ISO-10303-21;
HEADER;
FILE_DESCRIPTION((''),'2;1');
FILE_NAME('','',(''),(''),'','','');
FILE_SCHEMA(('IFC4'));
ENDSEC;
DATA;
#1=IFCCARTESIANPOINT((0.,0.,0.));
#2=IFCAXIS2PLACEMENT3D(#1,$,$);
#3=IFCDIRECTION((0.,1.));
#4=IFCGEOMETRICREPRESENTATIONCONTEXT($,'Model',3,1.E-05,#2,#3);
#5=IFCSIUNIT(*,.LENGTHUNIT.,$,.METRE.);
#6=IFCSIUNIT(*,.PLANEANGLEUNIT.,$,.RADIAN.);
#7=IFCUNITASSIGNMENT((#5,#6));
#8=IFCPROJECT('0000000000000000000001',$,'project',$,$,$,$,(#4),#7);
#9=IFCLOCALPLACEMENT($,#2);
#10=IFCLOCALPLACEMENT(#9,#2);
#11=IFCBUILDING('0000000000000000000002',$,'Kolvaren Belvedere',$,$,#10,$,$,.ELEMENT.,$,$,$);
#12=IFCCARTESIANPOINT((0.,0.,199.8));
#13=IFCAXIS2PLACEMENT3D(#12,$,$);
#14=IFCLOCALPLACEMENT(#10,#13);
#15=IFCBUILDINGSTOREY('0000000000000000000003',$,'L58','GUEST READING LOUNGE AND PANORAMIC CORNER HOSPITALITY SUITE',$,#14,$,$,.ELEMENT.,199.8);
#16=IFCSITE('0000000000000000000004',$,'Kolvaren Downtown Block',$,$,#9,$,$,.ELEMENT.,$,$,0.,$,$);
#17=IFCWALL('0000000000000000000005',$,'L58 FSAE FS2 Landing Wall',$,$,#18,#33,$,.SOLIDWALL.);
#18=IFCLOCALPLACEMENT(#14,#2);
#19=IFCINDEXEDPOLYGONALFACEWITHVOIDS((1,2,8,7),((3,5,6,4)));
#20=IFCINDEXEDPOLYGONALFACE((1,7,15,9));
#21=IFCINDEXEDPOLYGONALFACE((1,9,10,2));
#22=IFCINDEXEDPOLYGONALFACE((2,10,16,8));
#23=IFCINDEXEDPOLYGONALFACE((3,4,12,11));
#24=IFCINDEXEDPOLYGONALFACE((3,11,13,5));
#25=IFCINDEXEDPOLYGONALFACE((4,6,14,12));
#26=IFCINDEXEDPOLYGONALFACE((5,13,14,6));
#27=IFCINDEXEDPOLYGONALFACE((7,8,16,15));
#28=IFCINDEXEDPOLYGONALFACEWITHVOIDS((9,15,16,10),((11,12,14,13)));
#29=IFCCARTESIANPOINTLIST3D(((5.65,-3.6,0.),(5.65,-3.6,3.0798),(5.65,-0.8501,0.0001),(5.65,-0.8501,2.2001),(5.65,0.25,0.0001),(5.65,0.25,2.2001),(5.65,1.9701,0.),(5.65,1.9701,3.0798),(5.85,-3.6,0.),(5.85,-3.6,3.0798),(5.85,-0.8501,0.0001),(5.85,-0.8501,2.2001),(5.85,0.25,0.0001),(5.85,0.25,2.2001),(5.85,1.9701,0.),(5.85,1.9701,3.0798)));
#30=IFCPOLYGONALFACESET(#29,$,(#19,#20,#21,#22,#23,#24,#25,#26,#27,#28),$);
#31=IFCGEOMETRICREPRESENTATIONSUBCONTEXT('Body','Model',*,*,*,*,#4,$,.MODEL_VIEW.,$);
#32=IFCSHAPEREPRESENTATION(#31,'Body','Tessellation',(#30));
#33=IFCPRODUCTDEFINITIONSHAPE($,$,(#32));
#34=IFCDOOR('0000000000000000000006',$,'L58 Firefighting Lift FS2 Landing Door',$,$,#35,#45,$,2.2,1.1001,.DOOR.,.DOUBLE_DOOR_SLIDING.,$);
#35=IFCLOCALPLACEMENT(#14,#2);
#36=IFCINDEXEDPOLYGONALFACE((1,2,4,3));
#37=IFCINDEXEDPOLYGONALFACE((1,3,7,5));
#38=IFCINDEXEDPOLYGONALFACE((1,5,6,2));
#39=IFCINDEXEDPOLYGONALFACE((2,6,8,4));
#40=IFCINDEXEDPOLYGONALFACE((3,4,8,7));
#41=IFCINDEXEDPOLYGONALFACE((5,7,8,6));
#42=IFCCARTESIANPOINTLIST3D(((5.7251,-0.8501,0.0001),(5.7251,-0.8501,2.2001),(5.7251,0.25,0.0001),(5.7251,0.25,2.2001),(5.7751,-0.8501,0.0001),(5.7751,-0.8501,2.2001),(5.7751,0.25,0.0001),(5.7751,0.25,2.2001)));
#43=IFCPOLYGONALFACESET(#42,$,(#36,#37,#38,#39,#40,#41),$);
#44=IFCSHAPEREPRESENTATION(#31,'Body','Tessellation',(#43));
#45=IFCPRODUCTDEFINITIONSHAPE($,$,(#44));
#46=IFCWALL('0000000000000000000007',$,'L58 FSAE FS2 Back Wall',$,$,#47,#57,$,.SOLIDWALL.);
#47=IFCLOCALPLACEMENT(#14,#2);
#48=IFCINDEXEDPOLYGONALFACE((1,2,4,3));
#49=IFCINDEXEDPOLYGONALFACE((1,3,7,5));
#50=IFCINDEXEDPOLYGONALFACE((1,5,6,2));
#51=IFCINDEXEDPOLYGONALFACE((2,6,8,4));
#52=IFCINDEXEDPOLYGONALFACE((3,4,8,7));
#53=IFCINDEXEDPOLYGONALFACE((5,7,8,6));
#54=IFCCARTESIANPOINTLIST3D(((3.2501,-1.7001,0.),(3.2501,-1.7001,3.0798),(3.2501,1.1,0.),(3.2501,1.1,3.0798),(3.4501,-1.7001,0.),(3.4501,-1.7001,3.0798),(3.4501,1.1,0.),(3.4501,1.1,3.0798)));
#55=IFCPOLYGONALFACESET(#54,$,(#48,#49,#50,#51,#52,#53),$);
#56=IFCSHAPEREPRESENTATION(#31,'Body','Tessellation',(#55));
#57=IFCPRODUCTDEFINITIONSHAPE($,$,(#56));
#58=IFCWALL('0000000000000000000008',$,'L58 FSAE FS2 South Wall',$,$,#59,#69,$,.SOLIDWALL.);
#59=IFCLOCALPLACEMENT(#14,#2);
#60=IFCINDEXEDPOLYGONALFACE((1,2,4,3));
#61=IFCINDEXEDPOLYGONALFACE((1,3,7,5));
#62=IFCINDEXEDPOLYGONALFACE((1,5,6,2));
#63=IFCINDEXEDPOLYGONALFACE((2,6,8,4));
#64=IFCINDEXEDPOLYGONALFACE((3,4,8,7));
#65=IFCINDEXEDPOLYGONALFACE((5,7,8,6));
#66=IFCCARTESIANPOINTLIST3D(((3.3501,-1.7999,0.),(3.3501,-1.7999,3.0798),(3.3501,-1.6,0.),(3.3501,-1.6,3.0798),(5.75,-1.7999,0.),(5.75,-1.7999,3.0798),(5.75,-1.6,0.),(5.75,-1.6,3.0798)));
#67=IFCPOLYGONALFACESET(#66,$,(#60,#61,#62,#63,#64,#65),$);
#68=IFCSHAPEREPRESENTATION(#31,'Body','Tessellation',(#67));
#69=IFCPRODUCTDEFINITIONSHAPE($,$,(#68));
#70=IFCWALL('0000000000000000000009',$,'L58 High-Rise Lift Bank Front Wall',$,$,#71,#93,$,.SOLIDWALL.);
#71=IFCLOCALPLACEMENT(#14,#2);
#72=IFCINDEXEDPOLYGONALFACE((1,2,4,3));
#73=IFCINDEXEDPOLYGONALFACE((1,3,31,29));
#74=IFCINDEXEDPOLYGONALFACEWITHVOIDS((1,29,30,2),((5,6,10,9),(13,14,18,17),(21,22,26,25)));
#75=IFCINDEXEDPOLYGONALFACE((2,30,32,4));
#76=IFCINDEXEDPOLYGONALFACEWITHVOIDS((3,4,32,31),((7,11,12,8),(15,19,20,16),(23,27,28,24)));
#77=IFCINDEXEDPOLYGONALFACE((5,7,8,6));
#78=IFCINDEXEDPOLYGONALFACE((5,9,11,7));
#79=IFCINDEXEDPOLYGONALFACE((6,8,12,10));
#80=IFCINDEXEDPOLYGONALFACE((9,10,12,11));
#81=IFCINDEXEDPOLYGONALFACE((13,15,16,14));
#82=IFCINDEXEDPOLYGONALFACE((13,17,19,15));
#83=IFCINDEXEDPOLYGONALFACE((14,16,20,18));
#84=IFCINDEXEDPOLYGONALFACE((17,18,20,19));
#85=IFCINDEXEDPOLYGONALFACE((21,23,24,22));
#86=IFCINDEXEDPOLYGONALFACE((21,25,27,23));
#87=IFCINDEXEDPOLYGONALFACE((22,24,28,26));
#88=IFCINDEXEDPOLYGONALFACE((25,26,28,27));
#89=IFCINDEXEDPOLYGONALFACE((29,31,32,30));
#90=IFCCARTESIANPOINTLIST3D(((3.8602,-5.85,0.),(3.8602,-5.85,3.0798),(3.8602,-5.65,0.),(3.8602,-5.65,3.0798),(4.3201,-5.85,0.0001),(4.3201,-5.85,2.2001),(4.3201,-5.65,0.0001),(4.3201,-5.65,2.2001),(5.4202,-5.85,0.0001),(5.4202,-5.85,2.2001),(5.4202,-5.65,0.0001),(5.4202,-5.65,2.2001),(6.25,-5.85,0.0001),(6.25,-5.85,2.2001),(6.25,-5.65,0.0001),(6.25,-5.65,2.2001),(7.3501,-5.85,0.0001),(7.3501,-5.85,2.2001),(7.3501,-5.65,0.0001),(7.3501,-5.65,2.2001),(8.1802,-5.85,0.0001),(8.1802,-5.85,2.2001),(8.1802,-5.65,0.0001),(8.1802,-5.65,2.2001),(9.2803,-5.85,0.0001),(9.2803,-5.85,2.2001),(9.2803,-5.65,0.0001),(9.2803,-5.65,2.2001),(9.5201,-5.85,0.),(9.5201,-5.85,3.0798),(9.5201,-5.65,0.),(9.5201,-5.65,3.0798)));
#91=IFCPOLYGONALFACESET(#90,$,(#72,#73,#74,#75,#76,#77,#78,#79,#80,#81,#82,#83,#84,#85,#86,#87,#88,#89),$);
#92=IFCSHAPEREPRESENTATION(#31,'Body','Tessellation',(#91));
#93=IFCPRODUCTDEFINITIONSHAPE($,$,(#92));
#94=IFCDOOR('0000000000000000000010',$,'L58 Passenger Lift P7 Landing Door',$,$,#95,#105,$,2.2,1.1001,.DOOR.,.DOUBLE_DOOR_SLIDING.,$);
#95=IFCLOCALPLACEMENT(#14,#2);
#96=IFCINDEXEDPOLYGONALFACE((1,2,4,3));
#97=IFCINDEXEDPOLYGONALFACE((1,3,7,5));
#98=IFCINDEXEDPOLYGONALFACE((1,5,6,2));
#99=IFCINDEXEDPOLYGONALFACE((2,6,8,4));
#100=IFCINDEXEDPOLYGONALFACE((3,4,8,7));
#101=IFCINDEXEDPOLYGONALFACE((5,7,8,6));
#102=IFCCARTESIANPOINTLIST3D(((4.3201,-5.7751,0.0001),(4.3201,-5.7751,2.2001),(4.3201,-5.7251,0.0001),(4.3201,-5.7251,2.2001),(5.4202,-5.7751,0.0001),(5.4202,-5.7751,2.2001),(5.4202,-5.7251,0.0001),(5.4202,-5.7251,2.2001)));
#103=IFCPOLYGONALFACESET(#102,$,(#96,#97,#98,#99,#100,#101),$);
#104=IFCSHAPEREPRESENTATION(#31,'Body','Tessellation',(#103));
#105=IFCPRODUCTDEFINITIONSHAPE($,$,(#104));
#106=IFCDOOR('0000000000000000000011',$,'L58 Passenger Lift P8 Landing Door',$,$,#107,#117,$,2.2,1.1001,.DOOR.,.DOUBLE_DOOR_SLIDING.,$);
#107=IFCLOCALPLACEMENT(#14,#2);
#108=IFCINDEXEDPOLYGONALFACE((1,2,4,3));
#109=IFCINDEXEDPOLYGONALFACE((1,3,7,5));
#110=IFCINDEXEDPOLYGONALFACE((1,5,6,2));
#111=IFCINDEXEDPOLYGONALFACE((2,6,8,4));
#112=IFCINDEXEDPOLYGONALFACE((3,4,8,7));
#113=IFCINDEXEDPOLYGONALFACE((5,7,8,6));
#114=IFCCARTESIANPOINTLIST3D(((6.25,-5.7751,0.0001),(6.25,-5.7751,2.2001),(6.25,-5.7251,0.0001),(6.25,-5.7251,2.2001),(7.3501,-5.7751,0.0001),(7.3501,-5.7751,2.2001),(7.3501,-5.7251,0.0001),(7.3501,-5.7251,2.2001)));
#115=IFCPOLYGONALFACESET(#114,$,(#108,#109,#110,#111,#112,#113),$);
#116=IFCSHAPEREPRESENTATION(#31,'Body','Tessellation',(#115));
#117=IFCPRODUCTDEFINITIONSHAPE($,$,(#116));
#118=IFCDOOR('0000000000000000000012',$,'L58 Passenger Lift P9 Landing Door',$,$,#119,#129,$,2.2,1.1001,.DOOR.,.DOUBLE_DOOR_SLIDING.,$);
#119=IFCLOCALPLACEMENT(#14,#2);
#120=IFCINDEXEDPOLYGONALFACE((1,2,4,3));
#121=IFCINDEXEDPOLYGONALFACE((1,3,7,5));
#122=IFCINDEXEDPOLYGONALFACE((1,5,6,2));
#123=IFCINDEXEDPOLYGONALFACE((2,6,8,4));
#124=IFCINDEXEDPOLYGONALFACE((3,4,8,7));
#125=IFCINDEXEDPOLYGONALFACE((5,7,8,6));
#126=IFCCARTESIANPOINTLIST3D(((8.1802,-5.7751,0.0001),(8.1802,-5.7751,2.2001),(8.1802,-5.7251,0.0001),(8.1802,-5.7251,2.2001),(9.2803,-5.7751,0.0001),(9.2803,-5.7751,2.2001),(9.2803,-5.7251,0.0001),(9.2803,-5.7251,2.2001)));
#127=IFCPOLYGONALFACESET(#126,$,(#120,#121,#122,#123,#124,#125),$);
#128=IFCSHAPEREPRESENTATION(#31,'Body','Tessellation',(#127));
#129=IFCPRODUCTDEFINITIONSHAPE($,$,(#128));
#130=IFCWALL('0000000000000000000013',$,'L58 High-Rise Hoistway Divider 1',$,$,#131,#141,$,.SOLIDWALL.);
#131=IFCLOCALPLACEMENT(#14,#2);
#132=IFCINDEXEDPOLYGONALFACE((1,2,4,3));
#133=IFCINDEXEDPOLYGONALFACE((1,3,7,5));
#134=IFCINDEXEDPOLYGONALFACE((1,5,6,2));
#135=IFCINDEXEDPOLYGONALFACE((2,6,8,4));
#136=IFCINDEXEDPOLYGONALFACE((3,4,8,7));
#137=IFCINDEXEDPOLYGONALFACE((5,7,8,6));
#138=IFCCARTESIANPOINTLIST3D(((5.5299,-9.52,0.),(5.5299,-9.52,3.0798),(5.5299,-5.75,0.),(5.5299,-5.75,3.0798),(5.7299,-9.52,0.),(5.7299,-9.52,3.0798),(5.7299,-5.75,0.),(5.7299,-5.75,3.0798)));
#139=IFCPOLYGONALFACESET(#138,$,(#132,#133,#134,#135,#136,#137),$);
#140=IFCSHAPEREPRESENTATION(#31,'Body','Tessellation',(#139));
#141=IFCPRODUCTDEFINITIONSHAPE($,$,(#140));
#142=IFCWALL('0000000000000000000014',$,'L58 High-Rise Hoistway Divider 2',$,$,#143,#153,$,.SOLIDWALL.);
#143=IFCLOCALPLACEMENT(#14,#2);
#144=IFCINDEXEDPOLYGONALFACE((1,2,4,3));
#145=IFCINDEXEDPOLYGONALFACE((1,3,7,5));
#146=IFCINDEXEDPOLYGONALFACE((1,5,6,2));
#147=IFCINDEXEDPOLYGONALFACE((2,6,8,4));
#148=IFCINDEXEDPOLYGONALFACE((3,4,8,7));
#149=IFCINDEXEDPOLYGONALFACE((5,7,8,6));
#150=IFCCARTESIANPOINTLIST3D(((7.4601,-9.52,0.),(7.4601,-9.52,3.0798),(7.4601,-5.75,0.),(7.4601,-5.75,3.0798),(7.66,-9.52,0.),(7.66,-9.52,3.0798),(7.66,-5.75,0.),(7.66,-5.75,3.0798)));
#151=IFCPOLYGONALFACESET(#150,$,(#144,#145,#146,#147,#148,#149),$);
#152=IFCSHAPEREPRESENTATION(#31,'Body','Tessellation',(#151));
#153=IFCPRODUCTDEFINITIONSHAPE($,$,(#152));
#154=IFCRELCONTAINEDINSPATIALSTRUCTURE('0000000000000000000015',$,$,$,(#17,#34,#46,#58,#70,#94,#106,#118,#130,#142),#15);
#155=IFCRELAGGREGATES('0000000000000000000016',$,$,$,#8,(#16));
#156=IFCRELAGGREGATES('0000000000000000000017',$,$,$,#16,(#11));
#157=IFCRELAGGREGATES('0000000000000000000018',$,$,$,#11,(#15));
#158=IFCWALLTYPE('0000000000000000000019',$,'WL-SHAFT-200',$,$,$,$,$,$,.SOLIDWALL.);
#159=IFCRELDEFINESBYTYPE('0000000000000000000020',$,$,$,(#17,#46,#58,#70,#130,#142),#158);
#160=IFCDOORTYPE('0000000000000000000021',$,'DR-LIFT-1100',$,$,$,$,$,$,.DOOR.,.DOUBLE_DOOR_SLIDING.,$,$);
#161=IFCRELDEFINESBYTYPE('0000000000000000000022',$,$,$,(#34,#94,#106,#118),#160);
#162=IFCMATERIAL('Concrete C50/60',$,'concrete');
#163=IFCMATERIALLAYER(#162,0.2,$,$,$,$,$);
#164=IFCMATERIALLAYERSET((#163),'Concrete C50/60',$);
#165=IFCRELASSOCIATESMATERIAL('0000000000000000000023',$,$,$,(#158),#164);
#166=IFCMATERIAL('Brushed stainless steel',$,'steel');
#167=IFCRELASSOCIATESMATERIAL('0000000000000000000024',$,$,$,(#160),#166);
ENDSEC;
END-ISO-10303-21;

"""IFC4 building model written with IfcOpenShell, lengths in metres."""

from ifc_helpers import new_model, si_unit, direction, frame, frame_2d, origin, place, context, subcontext, project, spatial, rectangle, extrude, material, layer, layer_set, type_object, element, fill, save


model = new_model("IFC4")

# Units and contexts
model_context = context("Model", 3, precision=1e-05, world=origin(), true_north=direction((0.0, 1.0)))
body_context = subcontext(model_context, "Body", "Model", "MODEL_VIEW")
ifc_project = project(units=[si_unit("LENGTHUNIT", "METRE"), si_unit("PLANEANGLEUNIT", "RADIAN")], contexts=[model_context])

# Site, building, storey
site_placement = place(None, origin())
site = spatial("IfcSite", under=ifc_project, at=site_placement, Name="Kolvaren Downtown Block", CompositionType="ELEMENT", RefElevation=0.0)
building_placement = place(site_placement, origin())
building = spatial("IfcBuilding", under=site, at=building_placement, Name="Kolvaren Belvedere", CompositionType="ELEMENT")
storey_placement = place(building_placement, frame((0.0, 0.0, 199.8)))
storey = spatial("IfcBuildingStorey", under=building, at=storey_placement, Name="L58", Description="GUEST READING LOUNGE AND PANORAMIC CORNER HOSPITALITY SUITE", CompositionType="ELEMENT", Elevation=199.8)

# Wall, opening, door
ifc_material_1 = material(Name="Concrete C50/60", Category="concrete")
ifc_layer_1 = layer(ifc_material_1, 0.2)
ifc_layer_set_1 = layer_set([ifc_layer_1], Name="Concrete C50/60")
wall_type_1 = type_object("IfcWallType", Name="WL-SHAFT-200", PredefinedType="SOLIDWALL", material=ifc_layer_set_1)
wall_1_placement = place(storey_placement, frame((5.75, -3.6001, 0.0), z_axis=(0.0, 0.0, 1.0), x_axis=(0.0, 1.0, 0.0)))
wall_1 = element("IfcWall", 1, at=wall_1_placement, inside=storey, type_object=wall_type_1, Name="L58 FSAE FS2 Landing Wall", PredefinedType="SOLIDWALL", context=body_context, shape_type="SweptSolid", body=[
    extrude(rectangle(XDim=5.5701, YDim=0.2, at=frame_2d((2.7852, 0.0))), origin(), (0.0, 0.0, 1.0), 3.0798),
])
opening_1_placement = place(wall_1_placement, frame((2.75, 0.0, 0.0)))
opening_1 = element("IfcOpeningElement", 2, at=opening_1_placement, cuts=wall_1, PredefinedType="OPENING", context=body_context, shape_type="SweptSolid", body=[
    extrude(rectangle(XDim=1.1001, YDim=2.2, at=frame_2d((0.55, 1.1001))), frame((0.0, 0.1099, 0.0), z_axis=(0.0, -1.0, 0.0), x_axis=(1.0, 0.0, 0.0)), (0.0, 0.0, 1.0), 0.22),
])
ifc_material_2 = material(Name="Brushed stainless steel", Category="steel")
door_type_1 = type_object("IfcDoorType", Name="DR-LIFT-1100", OperationType="DOUBLE_DOOR_SLIDING", PredefinedType="DOOR", material=ifc_material_2)
door_1_placement = place(opening_1_placement, origin())
door_1 = element("IfcDoor", 3, at=door_1_placement, inside=storey, type_object=door_type_1, Name="L58 Firefighting Lift FS2 Landing Door", OperationType="DOUBLE_DOOR_SLIDING", OverallHeight=2.2, OverallWidth=1.1001, PredefinedType="DOOR", context=body_context, shape_type="SweptSolid", body=[
    extrude(rectangle(XDim=1.1001, YDim=2.2, at=frame_2d((0.55, 1.1001))), frame((0.0, 0.0249, 0.0), z_axis=(0.0, -1.0, 0.0), x_axis=(1.0, 0.0, 0.0)), (0.0, 0.0, 1.0), 0.05),
])
fill(opening_1, door_1)

# Walls
wall_2_placement = place(storey_placement, frame((3.3501, -1.7, 0.0), z_axis=(0.0, 0.0, 1.0), x_axis=(0.0, 1.0, 0.0)))
element("IfcWall", 4, at=wall_2_placement, inside=storey, type_object=wall_type_1, Name="L58 FSAE FS2 Back Wall", PredefinedType="SOLIDWALL", context=body_context, shape_type="SweptSolid", body=[
    extrude(rectangle(XDim=2.8, YDim=0.2, at=frame_2d((1.3999, 0.0))), origin(), (0.0, 0.0, 1.0), 3.0798),
])
wall_3_placement = place(storey_placement, frame((3.3501, -1.7, 0.0), z_axis=(0.0, 0.0, 1.0), x_axis=(1.0, 0.0, 0.0)))
element("IfcWall", 5, at=wall_3_placement, inside=storey, type_object=wall_type_1, Name="L58 FSAE FS2 South Wall", PredefinedType="SOLIDWALL", context=body_context, shape_type="SweptSolid", body=[
    extrude(rectangle(XDim=2.3999, YDim=0.2, at=frame_2d((1.2, 0.0))), origin(), (0.0, 0.0, 1.0), 3.0798),
])

# Wall, openings, doors
wall_4_placement = place(storey_placement, frame((3.8601, -5.75, 0.0), z_axis=(0.0, 0.0, 1.0), x_axis=(1.0, 0.0, 0.0)))
wall_4 = element("IfcWall", 6, at=wall_4_placement, inside=storey, type_object=wall_type_1, Name="L58 High-Rise Lift Bank Front Wall", PredefinedType="SOLIDWALL", context=body_context, shape_type="SweptSolid", body=[
    extrude(rectangle(XDim=5.6599, YDim=0.2, at=frame_2d((2.8301, 0.0))), origin(), (0.0, 0.0, 1.0), 3.0798),
])
opening_2_placement = place(wall_4_placement, frame((0.46, 0.0, 0.0)))
opening_2 = element("IfcOpeningElement", 7, at=opening_2_placement, cuts=wall_4, PredefinedType="OPENING", context=body_context, shape_type="SweptSolid", body=[
    extrude(rectangle(XDim=1.1001, YDim=2.2, at=frame_2d((0.55, 1.1001))), frame((0.0, 0.1099, 0.0), z_axis=(0.0, -1.0, 0.0), x_axis=(1.0, 0.0, 0.0)), (0.0, 0.0, 1.0), 0.22),
])
opening_3_placement = place(wall_4_placement, frame((2.3899, 0.0, 0.0)))
opening_3 = element("IfcOpeningElement", 8, at=opening_3_placement, cuts=wall_4, PredefinedType="OPENING", context=body_context, shape_type="SweptSolid", body=[
    extrude(rectangle(XDim=1.1001, YDim=2.2, at=frame_2d((0.55, 1.1001))), frame((0.0, 0.1099, 0.0), z_axis=(0.0, -1.0, 0.0), x_axis=(1.0, 0.0, 0.0)), (0.0, 0.0, 1.0), 0.22),
])
opening_4_placement = place(wall_4_placement, frame((4.3201, 0.0, 0.0)))
opening_4 = element("IfcOpeningElement", 9, at=opening_4_placement, cuts=wall_4, PredefinedType="OPENING", context=body_context, shape_type="SweptSolid", body=[
    extrude(rectangle(XDim=1.1001, YDim=2.2, at=frame_2d((0.55, 1.1001))), frame((0.0, 0.1099, 0.0), z_axis=(0.0, -1.0, 0.0), x_axis=(1.0, 0.0, 0.0)), (0.0, 0.0, 1.0), 0.22),
])
door_2_placement = place(opening_2_placement, origin())
door_2 = element("IfcDoor", 10, at=door_2_placement, inside=storey, type_object=door_type_1, Name="L58 Passenger Lift P7 Landing Door", OperationType="DOUBLE_DOOR_SLIDING", OverallHeight=2.2, OverallWidth=1.1001, PredefinedType="DOOR", context=body_context, shape_type="SweptSolid", body=[
    extrude(rectangle(XDim=1.1001, YDim=2.2, at=frame_2d((0.55, 1.1001))), frame((0.0, 0.0249, 0.0), z_axis=(0.0, -1.0, 0.0), x_axis=(1.0, 0.0, 0.0)), (0.0, 0.0, 1.0), 0.05),
])
fill(opening_2, door_2)
door_3_placement = place(opening_3_placement, origin())
door_3 = element("IfcDoor", 11, at=door_3_placement, inside=storey, type_object=door_type_1, Name="L58 Passenger Lift P8 Landing Door", OperationType="DOUBLE_DOOR_SLIDING", OverallHeight=2.2, OverallWidth=1.1001, PredefinedType="DOOR", context=body_context, shape_type="SweptSolid", body=[
    extrude(rectangle(XDim=1.1001, YDim=2.2, at=frame_2d((0.55, 1.1001))), frame((0.0, 0.0249, 0.0), z_axis=(0.0, -1.0, 0.0), x_axis=(1.0, 0.0, 0.0)), (0.0, 0.0, 1.0), 0.05),
])
fill(opening_3, door_3)
door_4_placement = place(opening_4_placement, origin())
door_4 = element("IfcDoor", 12, at=door_4_placement, inside=storey, type_object=door_type_1, Name="L58 Passenger Lift P9 Landing Door", OperationType="DOUBLE_DOOR_SLIDING", OverallHeight=2.2, OverallWidth=1.1001, PredefinedType="DOOR", context=body_context, shape_type="SweptSolid", body=[
    extrude(rectangle(XDim=1.1001, YDim=2.2, at=frame_2d((0.55, 1.1001))), frame((0.0, 0.0249, 0.0), z_axis=(0.0, -1.0, 0.0), x_axis=(1.0, 0.0, 0.0)), (0.0, 0.0, 1.0), 0.05),
])
fill(opening_4, door_4)

# Walls
for number, where, z_axis, x_axis, name in (
    (13, (5.6299, -9.52, 0.0), (0.0, 0.0, 1.0), (0.0, 1.0, 0.0), "L58 High-Rise Hoistway Divider 1"),
    (14, (7.5601, -9.52, 0.0), (0.0, 0.0, 1.0), (0.0, 1.0, 0.0), "L58 High-Rise Hoistway Divider 2"),
):
    element("IfcWall", number, at=place(storey_placement, frame(where, z_axis=z_axis, x_axis=x_axis)), inside=storey, type_object=wall_type_1, Name=name, PredefinedType="SOLIDWALL", context=body_context, shape_type="SweptSolid", body=[
        extrude(rectangle(XDim=3.77, YDim=0.2, at=frame_2d((1.885, 0.0))), origin(), (0.0, 0.0, 1.0), 3.0798),
    ])

save(model, "model.ifc")
